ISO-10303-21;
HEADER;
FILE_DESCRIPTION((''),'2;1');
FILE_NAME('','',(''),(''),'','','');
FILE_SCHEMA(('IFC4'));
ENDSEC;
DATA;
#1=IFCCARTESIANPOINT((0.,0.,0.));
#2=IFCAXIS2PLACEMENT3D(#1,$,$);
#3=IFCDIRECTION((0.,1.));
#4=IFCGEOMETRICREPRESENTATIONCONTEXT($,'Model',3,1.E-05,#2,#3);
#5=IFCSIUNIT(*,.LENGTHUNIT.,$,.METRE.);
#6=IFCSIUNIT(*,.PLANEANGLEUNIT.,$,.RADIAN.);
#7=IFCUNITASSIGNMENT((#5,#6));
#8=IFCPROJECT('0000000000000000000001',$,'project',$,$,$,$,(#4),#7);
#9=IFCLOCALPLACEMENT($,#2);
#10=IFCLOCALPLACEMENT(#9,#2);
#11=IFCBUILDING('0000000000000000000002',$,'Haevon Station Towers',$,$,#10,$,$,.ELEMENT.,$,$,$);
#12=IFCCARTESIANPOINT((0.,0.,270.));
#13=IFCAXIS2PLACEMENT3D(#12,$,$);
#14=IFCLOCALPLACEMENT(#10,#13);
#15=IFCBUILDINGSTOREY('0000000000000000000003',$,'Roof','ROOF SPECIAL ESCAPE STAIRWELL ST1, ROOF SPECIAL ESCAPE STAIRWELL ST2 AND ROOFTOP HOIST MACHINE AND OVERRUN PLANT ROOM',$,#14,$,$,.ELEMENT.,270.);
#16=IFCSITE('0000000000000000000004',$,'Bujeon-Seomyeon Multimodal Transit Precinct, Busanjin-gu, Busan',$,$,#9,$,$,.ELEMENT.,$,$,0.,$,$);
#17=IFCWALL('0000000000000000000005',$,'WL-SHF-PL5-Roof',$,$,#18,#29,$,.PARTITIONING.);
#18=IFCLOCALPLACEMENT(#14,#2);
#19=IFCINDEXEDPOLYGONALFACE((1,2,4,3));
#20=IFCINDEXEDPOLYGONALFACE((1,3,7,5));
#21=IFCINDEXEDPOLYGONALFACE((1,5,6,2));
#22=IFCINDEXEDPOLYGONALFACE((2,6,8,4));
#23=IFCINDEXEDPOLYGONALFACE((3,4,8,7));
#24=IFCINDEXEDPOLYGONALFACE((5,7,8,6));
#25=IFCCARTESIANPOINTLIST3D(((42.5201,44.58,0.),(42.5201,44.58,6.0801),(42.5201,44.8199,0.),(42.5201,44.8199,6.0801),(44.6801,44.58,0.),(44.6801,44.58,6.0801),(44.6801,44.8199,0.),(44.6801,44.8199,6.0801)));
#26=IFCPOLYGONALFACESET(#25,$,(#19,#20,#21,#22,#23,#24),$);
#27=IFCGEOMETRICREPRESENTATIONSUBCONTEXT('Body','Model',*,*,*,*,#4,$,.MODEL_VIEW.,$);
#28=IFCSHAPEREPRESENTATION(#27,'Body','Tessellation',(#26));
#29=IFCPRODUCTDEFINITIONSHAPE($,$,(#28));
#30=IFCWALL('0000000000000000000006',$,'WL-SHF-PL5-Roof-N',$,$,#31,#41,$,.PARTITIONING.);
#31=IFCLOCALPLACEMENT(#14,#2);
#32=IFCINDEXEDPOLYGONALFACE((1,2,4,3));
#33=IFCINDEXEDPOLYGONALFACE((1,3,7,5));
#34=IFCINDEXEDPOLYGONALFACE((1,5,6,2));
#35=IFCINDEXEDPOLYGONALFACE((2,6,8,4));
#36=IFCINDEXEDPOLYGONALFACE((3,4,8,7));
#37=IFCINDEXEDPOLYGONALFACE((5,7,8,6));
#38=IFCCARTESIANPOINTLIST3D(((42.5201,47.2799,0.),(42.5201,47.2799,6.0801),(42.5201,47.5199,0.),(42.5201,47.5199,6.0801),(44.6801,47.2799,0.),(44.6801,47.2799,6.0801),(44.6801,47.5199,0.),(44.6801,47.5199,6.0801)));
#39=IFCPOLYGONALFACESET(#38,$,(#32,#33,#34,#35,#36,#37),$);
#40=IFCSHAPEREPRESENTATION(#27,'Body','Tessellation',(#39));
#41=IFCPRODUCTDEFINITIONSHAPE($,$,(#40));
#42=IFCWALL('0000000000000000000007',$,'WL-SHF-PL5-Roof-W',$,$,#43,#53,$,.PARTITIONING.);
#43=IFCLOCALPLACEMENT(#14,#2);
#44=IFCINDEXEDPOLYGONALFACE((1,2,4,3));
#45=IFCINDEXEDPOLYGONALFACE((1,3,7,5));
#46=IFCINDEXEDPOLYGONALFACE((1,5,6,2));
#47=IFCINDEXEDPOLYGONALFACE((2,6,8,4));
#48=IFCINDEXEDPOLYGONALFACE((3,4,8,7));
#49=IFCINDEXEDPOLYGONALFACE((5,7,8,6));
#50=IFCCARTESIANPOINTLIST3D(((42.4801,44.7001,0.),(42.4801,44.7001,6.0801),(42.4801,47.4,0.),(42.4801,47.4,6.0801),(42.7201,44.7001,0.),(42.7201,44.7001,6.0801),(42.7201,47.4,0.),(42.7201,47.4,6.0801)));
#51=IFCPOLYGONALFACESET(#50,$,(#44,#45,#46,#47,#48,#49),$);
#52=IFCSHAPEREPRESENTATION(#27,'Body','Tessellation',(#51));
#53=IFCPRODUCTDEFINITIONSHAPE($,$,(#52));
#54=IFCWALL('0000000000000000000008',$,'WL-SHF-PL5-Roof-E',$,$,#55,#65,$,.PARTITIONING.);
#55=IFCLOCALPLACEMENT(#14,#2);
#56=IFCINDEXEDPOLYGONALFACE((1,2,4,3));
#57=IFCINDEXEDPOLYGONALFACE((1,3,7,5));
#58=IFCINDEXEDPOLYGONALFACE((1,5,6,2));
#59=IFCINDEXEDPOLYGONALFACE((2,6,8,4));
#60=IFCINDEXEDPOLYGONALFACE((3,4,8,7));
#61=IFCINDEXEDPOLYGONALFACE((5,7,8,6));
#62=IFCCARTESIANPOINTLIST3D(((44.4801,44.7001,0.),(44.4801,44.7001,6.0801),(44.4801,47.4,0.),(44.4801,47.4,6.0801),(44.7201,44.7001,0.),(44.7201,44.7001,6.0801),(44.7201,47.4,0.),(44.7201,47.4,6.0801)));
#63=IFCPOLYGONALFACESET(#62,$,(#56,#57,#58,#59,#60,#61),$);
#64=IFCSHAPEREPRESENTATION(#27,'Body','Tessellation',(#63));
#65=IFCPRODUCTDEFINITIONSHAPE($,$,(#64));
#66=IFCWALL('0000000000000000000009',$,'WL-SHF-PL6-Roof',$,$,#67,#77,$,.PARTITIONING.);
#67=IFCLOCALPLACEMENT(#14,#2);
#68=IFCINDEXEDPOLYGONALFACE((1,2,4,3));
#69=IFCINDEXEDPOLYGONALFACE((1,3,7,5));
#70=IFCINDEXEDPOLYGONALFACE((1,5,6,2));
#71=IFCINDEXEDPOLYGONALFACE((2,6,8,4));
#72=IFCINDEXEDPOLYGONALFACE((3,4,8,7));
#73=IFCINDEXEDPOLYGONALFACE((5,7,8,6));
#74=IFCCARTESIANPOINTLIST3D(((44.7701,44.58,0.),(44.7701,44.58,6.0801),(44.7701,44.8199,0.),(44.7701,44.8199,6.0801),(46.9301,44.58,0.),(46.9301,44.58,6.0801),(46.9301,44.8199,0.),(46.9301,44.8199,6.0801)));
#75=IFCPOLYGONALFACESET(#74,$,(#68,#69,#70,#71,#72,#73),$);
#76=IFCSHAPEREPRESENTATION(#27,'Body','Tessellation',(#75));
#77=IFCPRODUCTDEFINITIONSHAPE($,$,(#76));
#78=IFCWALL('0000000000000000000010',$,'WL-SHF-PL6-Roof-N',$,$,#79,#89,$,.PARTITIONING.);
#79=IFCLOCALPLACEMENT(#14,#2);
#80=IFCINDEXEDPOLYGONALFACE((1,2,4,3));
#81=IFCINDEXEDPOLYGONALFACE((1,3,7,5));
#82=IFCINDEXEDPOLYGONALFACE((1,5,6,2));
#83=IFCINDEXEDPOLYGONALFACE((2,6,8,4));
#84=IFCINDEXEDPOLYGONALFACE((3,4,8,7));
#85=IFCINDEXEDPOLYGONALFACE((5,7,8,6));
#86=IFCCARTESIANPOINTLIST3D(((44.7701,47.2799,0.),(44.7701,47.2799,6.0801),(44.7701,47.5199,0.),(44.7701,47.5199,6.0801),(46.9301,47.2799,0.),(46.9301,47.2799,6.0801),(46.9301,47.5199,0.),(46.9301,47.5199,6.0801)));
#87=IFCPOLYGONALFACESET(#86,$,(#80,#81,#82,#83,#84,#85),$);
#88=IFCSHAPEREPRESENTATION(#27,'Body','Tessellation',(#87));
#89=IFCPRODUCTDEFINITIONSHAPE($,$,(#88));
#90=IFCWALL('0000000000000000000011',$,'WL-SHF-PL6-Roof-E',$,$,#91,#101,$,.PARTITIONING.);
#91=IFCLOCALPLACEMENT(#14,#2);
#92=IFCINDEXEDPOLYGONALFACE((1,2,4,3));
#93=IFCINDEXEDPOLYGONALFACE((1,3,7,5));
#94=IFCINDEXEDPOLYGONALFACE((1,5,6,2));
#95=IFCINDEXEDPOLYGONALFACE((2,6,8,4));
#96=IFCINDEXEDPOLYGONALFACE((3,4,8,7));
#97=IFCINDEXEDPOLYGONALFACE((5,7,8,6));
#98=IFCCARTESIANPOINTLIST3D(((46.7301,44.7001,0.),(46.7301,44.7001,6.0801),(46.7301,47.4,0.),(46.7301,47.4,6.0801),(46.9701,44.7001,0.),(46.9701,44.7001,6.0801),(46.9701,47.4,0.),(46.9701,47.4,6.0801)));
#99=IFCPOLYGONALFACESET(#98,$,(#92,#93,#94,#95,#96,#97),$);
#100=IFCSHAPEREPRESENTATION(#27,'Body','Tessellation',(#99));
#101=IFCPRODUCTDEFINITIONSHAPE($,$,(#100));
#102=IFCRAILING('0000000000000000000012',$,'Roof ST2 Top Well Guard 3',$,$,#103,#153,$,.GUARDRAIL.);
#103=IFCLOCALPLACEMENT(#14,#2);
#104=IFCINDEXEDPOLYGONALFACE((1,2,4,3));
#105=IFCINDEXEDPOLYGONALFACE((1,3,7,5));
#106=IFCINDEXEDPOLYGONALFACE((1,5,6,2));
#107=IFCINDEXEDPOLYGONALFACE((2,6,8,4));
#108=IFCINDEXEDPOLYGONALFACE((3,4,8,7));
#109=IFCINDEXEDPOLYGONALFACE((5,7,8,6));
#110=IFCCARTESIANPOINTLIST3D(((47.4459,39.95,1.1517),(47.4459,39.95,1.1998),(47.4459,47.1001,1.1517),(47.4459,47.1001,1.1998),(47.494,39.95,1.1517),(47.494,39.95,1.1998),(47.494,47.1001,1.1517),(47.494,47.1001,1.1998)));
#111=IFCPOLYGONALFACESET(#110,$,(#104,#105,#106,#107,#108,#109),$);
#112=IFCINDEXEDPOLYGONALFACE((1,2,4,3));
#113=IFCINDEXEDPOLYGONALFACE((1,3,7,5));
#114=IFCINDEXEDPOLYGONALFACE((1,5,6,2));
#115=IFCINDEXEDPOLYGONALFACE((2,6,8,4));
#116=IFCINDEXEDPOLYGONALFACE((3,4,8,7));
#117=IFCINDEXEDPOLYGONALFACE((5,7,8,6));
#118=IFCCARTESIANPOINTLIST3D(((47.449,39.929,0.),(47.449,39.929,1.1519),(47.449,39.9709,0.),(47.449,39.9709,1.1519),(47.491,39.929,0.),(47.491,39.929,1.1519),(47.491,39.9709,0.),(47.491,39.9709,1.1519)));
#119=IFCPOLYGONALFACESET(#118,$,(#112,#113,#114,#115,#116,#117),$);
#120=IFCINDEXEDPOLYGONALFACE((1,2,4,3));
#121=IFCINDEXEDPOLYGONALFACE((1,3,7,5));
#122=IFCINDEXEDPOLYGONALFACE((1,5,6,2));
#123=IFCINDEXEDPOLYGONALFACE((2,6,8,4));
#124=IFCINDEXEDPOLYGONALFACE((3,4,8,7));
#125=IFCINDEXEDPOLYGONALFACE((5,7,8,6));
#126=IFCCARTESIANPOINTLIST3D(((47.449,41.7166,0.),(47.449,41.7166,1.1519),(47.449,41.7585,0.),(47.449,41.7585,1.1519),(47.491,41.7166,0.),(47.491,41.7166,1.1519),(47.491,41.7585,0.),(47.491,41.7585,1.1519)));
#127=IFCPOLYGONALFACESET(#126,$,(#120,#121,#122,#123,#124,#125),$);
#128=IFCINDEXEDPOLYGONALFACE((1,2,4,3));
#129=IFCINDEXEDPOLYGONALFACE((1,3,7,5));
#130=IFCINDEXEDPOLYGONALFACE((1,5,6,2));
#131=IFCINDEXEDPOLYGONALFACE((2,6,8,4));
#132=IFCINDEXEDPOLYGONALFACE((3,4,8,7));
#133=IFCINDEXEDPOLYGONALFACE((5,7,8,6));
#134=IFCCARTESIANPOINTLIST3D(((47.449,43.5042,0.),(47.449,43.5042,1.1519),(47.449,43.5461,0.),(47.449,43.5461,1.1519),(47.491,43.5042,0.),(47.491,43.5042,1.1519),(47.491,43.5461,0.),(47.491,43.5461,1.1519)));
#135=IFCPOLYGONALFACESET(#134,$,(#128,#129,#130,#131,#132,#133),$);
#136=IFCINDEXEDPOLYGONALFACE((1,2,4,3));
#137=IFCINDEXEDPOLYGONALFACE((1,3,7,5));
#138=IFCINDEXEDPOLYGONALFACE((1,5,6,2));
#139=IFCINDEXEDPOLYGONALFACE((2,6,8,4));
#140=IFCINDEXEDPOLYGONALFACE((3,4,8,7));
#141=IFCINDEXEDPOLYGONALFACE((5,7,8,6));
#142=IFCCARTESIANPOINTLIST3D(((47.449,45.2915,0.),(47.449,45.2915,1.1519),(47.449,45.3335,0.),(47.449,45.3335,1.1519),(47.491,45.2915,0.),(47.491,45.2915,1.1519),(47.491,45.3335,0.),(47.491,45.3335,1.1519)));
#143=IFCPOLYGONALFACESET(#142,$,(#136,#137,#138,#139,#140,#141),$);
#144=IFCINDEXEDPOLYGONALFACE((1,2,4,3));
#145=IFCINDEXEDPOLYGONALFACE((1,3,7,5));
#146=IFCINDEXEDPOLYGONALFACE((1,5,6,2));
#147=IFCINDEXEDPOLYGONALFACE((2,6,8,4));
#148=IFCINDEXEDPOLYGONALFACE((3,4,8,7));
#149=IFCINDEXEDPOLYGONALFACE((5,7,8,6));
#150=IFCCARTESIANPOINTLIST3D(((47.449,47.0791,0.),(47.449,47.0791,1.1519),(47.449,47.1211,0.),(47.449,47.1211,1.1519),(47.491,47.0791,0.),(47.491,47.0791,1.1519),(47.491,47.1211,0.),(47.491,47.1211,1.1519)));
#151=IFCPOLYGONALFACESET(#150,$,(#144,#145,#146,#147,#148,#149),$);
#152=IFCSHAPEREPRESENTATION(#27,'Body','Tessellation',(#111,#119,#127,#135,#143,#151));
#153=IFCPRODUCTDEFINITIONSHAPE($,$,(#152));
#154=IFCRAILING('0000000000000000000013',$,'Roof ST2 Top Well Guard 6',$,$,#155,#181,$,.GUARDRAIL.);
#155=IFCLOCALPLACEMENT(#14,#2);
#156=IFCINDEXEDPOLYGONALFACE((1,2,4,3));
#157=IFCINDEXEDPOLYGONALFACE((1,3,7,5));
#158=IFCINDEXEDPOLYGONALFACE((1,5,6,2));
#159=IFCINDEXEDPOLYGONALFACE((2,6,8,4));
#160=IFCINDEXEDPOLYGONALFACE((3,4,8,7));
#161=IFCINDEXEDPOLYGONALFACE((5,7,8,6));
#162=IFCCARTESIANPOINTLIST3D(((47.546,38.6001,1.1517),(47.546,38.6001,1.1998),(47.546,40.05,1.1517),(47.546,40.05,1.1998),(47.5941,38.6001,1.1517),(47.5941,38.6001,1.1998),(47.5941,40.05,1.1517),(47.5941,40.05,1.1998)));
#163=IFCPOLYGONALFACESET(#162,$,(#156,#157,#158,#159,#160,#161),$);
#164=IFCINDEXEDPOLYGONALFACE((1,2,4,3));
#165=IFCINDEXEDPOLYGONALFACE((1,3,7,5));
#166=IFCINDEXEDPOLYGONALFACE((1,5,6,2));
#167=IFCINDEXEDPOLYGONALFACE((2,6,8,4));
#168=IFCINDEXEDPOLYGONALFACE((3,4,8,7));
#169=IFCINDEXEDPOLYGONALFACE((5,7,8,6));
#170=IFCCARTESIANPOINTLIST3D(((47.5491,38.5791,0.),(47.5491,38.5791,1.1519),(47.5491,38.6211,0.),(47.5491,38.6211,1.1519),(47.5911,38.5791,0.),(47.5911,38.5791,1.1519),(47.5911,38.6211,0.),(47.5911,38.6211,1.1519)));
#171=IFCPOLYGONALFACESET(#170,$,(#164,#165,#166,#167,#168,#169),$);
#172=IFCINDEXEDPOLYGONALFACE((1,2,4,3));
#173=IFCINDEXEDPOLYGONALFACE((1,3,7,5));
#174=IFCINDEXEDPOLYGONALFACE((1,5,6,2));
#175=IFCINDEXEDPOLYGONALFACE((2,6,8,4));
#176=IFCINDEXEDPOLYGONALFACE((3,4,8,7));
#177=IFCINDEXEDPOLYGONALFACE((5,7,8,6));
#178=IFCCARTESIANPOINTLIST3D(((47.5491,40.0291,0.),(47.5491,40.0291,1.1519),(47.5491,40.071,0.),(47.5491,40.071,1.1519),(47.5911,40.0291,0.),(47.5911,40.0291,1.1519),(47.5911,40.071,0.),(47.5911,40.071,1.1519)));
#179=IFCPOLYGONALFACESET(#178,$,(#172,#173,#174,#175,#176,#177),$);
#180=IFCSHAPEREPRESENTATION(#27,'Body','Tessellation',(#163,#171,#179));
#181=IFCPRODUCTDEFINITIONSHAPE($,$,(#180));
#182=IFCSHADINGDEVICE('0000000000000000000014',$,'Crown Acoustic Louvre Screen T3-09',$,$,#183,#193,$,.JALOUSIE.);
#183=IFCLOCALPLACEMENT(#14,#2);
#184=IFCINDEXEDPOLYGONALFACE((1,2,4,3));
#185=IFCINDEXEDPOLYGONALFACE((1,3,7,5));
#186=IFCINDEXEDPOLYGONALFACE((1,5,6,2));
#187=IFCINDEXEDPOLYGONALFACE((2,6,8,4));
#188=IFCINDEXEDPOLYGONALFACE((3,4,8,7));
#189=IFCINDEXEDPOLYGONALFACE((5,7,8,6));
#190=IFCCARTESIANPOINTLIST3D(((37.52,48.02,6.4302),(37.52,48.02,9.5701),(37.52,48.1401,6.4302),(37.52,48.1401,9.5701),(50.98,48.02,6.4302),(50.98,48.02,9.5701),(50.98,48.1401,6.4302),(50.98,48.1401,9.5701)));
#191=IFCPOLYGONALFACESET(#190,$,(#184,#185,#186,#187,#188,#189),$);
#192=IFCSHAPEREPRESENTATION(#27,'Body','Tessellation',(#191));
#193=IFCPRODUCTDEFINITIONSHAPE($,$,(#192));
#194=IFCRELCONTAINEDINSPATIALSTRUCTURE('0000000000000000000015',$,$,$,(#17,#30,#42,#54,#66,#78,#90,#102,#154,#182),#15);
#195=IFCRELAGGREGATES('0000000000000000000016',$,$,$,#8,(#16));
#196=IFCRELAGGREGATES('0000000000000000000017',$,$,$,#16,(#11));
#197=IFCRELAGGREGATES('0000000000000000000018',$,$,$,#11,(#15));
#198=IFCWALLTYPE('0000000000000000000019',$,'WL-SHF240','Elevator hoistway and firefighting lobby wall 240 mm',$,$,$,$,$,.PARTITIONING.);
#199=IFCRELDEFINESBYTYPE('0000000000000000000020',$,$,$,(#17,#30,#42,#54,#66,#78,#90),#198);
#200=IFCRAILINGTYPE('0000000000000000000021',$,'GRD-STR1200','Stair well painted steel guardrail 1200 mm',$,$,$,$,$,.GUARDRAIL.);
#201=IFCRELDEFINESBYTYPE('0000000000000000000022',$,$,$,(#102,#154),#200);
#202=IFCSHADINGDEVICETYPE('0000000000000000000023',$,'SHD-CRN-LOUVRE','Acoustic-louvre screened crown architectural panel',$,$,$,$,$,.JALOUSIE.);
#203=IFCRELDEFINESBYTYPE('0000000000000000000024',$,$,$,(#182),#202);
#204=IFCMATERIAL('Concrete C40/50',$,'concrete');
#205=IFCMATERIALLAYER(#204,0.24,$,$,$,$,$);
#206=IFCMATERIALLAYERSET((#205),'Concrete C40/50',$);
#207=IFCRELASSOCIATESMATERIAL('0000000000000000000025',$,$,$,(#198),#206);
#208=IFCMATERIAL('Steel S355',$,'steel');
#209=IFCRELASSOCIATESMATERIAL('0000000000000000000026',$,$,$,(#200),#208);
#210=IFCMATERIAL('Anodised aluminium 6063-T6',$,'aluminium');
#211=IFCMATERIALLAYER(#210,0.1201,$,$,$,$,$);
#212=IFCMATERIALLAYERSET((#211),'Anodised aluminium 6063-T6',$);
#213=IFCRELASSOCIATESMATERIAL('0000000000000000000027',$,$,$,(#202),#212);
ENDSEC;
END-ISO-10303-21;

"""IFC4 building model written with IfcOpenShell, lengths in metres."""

from ifc_helpers import new_model, si_unit, direction, frame, frame_2d, origin, origin_2d, place, context, subcontext, project, spatial, rectangle, extrude, material, layer, layer_set, type_object, element, save


model = new_model("IFC4")

# Units and contexts
model_context = context("Model", 3, precision=1e-05, world=origin(), true_north=direction((0.0, 1.0)))
body_context = subcontext(model_context, "Body", "Model", "MODEL_VIEW")
ifc_project = project(units=[si_unit("LENGTHUNIT", "METRE"), si_unit("PLANEANGLEUNIT", "RADIAN")], contexts=[model_context])

# Site, building, storey
site_placement = place(None, origin())
site = spatial("IfcSite", under=ifc_project, at=site_placement, Name="Bujeon-Seomyeon Multimodal Transit Precinct, Busanjin-gu, Busan", CompositionType="ELEMENT", RefElevation=0.0)
building_placement = place(site_placement, origin())
building = spatial("IfcBuilding", under=site, at=building_placement, Name="Haevon Station Towers", CompositionType="ELEMENT")
storey_placement = place(building_placement, frame((0.0, 0.0, 270.0)))
storey = spatial("IfcBuildingStorey", under=building, at=storey_placement, Name="Roof", Description="ROOF SPECIAL ESCAPE STAIRWELL ST1, ROOF SPECIAL ESCAPE STAIRWELL ST2 AND ROOFTOP HOIST MACHINE AND OVERRUN PLANT ROOM", CompositionType="ELEMENT", Elevation=270.0)

# Shared definitions
ifc_material_1 = material(Name="Steel S355", Category="steel")

# Shared definitions
ifc_material_2 = material(Name="Anodised aluminium 6063-T6", Category="aluminium")

# Walls
ifc_material_3 = material(Name="Concrete C40/50", Category="concrete")
ifc_layer_1 = layer(ifc_material_3, 0.24)
ifc_layer_set_1 = layer_set([ifc_layer_1], Name="Concrete C40/50")
wall_type_1 = type_object("IfcWallType", Name="WL-SHF240", Description="Elevator hoistway and firefighting lobby wall 240 mm", PredefinedType="PARTITIONING", material=ifc_layer_set_1)
for number, where, z_axis, x_axis, name in (
    (1, (42.52, 44.7, 0.0), (0.0, 0.0, 1.0), (1.0, 0.0, 0.0), "WL-SHF-PL5-Roof"),
    (2, (42.52, 47.3999, 0.0), (0.0, 0.0, 1.0), (1.0, 0.0, 0.0), "WL-SHF-PL5-Roof-N"),
):
    element("IfcWall", number, at=place(storey_placement, frame(where, z_axis=z_axis, x_axis=x_axis)), inside=storey, type_object=wall_type_1, Name=name, PredefinedType="PARTITIONING", context=body_context, shape_type="SweptSolid", body=[
        extrude(rectangle(XDim=2.1599, YDim=0.24, at=frame_2d((1.0801, 0.0))), origin(), (0.0, 0.0, 1.0), 6.0801),
    ])
for number, where, z_axis, x_axis, name in (
    (3, (42.6001, 44.7, 0.0), (0.0, 0.0, 1.0), (0.0, 1.0, 0.0), "WL-SHF-PL5-Roof-W"),
    (4, (44.6001, 44.7, 0.0), (0.0, 0.0, 1.0), (0.0, 1.0, 0.0), "WL-SHF-PL5-Roof-E"),
):
    element("IfcWall", number, at=place(storey_placement, frame(where, z_axis=z_axis, x_axis=x_axis)), inside=storey, type_object=wall_type_1, Name=name, PredefinedType="PARTITIONING", context=body_context, shape_type="SweptSolid", body=[
        extrude(rectangle(XDim=2.7, YDim=0.24, at=frame_2d((1.3501, 0.0))), origin(), (0.0, 0.0, 1.0), 6.0801),
    ])
for number, where, z_axis, x_axis, name in (
    (5, (44.77, 44.7, 0.0), (0.0, 0.0, 1.0), (1.0, 0.0, 0.0), "WL-SHF-PL6-Roof"),
    (6, (44.77, 47.3999, 0.0), (0.0, 0.0, 1.0), (1.0, 0.0, 0.0), "WL-SHF-PL6-Roof-N"),
):
    element("IfcWall", number, at=place(storey_placement, frame(where, z_axis=z_axis, x_axis=x_axis)), inside=storey, type_object=wall_type_1, Name=name, PredefinedType="PARTITIONING", context=body_context, shape_type="SweptSolid", body=[
        extrude(rectangle(XDim=2.1599, YDim=0.24, at=frame_2d((1.0801, 0.0))), origin(), (0.0, 0.0, 1.0), 6.0801),
    ])
wall_1_placement = place(storey_placement, frame((46.8501, 44.7, 0.0), z_axis=(0.0, 0.0, 1.0), x_axis=(0.0, 1.0, 0.0)))
element("IfcWall", 7, at=wall_1_placement, inside=storey, type_object=wall_type_1, Name="WL-SHF-PL6-Roof-E", PredefinedType="PARTITIONING", context=body_context, shape_type="SweptSolid", body=[
    extrude(rectangle(XDim=2.7, YDim=0.24, at=frame_2d((1.3501, 0.0))), origin(), (0.0, 0.0, 1.0), 6.0801),
])

# Railings
railing_type = type_object("IfcRailingType", Name="GRD-STR1200", Description="Stair well painted steel guardrail 1200 mm", PredefinedType="GUARDRAIL", material=ifc_material_1)
railing_1_placement = place(storey_placement, frame((47.47, 39.95, 0.0)))
element("IfcRailing", 8, at=railing_1_placement, inside=storey, type_object=railing_type, Name="Roof ST2 Top Well Guard 3", PredefinedType="GUARDRAIL", context=body_context, shape_type="SweptSolid", body=[
    extrude(rectangle(XDim=0.0481, YDim=0.0481, at=origin_2d()), frame((0.0, 0.0, 1.1758), z_axis=(0.0, 1.0, 0.0), x_axis=(-1.0, 0.0, 0.0)), (0.0, 0.0, 1.0), 7.1501),
    extrude(rectangle(XDim=0.042, YDim=0.042, at=origin_2d()), origin(), (0.0, 0.0, 1.0), 1.1519),
    extrude(rectangle(XDim=0.042, YDim=0.042, at=origin_2d()), frame((0.0, 1.7876, 0.0)), (0.0, 0.0, 1.0), 1.1519),
    extrude(rectangle(XDim=0.042, YDim=0.042, at=origin_2d()), frame((0.0, 3.5752, 0.0)), (0.0, 0.0, 1.0), 1.1519),
    extrude(rectangle(XDim=0.042, YDim=0.042, at=origin_2d()), frame((0.0, 5.3625, 0.0)), (0.0, 0.0, 1.0), 1.1519),
    extrude(rectangle(XDim=0.042, YDim=0.042, at=origin_2d()), frame((0.0, 7.1501, 0.0)), (0.0, 0.0, 1.0), 1.1519),
])
railing_2_placement = place(storey_placement, frame((47.5701, 38.6001, 0.0)))
element("IfcRailing", 9, at=railing_2_placement, inside=storey, type_object=railing_type, Name="Roof ST2 Top Well Guard 6", PredefinedType="GUARDRAIL", context=body_context, shape_type="SweptSolid", body=[
    extrude(rectangle(XDim=0.0481, YDim=0.0481, at=origin_2d()), frame((0.0, 0.0, 1.1758), z_axis=(0.0, 1.0, 0.0), x_axis=(-1.0, 0.0, 0.0)), (0.0, 0.0, 1.0), 1.45),
    extrude(rectangle(XDim=0.042, YDim=0.042, at=origin_2d()), origin(), (0.0, 0.0, 1.0), 1.1519),
    extrude(rectangle(XDim=0.042, YDim=0.042, at=origin_2d()), frame((0.0, 1.45, 0.0)), (0.0, 0.0, 1.0), 1.1519),
])

# Shading device
ifc_layer_2 = layer(ifc_material_2, 0.1201)
ifc_layer_set_2 = layer_set([ifc_layer_2], Name="Anodised aluminium 6063-T6")
shading_device_type = type_object("IfcShadingDeviceType", Name="SHD-CRN-LOUVRE", Description="Acoustic-louvre screened crown architectural panel", PredefinedType="JALOUSIE", material=ifc_layer_set_2)
shading_device_placement = place(storey_placement, frame((44.25, 48.0801, 6.4302), z_axis=(0.0, 0.0, 1.0), x_axis=(-1.0, 0.0, 0.0)))
element("IfcShadingDevice", 10, at=shading_device_placement, inside=storey, type_object=shading_device_type, Name="Crown Acoustic Louvre Screen T3-09", PredefinedType="JALOUSIE", context=body_context, shape_type="SweptSolid", body=[
    extrude(rectangle(XDim=13.46, YDim=0.1201, at=origin_2d()), origin(), (0.0, 0.0, 1.0), 3.1399),
])

save(model, "model.ifc")
